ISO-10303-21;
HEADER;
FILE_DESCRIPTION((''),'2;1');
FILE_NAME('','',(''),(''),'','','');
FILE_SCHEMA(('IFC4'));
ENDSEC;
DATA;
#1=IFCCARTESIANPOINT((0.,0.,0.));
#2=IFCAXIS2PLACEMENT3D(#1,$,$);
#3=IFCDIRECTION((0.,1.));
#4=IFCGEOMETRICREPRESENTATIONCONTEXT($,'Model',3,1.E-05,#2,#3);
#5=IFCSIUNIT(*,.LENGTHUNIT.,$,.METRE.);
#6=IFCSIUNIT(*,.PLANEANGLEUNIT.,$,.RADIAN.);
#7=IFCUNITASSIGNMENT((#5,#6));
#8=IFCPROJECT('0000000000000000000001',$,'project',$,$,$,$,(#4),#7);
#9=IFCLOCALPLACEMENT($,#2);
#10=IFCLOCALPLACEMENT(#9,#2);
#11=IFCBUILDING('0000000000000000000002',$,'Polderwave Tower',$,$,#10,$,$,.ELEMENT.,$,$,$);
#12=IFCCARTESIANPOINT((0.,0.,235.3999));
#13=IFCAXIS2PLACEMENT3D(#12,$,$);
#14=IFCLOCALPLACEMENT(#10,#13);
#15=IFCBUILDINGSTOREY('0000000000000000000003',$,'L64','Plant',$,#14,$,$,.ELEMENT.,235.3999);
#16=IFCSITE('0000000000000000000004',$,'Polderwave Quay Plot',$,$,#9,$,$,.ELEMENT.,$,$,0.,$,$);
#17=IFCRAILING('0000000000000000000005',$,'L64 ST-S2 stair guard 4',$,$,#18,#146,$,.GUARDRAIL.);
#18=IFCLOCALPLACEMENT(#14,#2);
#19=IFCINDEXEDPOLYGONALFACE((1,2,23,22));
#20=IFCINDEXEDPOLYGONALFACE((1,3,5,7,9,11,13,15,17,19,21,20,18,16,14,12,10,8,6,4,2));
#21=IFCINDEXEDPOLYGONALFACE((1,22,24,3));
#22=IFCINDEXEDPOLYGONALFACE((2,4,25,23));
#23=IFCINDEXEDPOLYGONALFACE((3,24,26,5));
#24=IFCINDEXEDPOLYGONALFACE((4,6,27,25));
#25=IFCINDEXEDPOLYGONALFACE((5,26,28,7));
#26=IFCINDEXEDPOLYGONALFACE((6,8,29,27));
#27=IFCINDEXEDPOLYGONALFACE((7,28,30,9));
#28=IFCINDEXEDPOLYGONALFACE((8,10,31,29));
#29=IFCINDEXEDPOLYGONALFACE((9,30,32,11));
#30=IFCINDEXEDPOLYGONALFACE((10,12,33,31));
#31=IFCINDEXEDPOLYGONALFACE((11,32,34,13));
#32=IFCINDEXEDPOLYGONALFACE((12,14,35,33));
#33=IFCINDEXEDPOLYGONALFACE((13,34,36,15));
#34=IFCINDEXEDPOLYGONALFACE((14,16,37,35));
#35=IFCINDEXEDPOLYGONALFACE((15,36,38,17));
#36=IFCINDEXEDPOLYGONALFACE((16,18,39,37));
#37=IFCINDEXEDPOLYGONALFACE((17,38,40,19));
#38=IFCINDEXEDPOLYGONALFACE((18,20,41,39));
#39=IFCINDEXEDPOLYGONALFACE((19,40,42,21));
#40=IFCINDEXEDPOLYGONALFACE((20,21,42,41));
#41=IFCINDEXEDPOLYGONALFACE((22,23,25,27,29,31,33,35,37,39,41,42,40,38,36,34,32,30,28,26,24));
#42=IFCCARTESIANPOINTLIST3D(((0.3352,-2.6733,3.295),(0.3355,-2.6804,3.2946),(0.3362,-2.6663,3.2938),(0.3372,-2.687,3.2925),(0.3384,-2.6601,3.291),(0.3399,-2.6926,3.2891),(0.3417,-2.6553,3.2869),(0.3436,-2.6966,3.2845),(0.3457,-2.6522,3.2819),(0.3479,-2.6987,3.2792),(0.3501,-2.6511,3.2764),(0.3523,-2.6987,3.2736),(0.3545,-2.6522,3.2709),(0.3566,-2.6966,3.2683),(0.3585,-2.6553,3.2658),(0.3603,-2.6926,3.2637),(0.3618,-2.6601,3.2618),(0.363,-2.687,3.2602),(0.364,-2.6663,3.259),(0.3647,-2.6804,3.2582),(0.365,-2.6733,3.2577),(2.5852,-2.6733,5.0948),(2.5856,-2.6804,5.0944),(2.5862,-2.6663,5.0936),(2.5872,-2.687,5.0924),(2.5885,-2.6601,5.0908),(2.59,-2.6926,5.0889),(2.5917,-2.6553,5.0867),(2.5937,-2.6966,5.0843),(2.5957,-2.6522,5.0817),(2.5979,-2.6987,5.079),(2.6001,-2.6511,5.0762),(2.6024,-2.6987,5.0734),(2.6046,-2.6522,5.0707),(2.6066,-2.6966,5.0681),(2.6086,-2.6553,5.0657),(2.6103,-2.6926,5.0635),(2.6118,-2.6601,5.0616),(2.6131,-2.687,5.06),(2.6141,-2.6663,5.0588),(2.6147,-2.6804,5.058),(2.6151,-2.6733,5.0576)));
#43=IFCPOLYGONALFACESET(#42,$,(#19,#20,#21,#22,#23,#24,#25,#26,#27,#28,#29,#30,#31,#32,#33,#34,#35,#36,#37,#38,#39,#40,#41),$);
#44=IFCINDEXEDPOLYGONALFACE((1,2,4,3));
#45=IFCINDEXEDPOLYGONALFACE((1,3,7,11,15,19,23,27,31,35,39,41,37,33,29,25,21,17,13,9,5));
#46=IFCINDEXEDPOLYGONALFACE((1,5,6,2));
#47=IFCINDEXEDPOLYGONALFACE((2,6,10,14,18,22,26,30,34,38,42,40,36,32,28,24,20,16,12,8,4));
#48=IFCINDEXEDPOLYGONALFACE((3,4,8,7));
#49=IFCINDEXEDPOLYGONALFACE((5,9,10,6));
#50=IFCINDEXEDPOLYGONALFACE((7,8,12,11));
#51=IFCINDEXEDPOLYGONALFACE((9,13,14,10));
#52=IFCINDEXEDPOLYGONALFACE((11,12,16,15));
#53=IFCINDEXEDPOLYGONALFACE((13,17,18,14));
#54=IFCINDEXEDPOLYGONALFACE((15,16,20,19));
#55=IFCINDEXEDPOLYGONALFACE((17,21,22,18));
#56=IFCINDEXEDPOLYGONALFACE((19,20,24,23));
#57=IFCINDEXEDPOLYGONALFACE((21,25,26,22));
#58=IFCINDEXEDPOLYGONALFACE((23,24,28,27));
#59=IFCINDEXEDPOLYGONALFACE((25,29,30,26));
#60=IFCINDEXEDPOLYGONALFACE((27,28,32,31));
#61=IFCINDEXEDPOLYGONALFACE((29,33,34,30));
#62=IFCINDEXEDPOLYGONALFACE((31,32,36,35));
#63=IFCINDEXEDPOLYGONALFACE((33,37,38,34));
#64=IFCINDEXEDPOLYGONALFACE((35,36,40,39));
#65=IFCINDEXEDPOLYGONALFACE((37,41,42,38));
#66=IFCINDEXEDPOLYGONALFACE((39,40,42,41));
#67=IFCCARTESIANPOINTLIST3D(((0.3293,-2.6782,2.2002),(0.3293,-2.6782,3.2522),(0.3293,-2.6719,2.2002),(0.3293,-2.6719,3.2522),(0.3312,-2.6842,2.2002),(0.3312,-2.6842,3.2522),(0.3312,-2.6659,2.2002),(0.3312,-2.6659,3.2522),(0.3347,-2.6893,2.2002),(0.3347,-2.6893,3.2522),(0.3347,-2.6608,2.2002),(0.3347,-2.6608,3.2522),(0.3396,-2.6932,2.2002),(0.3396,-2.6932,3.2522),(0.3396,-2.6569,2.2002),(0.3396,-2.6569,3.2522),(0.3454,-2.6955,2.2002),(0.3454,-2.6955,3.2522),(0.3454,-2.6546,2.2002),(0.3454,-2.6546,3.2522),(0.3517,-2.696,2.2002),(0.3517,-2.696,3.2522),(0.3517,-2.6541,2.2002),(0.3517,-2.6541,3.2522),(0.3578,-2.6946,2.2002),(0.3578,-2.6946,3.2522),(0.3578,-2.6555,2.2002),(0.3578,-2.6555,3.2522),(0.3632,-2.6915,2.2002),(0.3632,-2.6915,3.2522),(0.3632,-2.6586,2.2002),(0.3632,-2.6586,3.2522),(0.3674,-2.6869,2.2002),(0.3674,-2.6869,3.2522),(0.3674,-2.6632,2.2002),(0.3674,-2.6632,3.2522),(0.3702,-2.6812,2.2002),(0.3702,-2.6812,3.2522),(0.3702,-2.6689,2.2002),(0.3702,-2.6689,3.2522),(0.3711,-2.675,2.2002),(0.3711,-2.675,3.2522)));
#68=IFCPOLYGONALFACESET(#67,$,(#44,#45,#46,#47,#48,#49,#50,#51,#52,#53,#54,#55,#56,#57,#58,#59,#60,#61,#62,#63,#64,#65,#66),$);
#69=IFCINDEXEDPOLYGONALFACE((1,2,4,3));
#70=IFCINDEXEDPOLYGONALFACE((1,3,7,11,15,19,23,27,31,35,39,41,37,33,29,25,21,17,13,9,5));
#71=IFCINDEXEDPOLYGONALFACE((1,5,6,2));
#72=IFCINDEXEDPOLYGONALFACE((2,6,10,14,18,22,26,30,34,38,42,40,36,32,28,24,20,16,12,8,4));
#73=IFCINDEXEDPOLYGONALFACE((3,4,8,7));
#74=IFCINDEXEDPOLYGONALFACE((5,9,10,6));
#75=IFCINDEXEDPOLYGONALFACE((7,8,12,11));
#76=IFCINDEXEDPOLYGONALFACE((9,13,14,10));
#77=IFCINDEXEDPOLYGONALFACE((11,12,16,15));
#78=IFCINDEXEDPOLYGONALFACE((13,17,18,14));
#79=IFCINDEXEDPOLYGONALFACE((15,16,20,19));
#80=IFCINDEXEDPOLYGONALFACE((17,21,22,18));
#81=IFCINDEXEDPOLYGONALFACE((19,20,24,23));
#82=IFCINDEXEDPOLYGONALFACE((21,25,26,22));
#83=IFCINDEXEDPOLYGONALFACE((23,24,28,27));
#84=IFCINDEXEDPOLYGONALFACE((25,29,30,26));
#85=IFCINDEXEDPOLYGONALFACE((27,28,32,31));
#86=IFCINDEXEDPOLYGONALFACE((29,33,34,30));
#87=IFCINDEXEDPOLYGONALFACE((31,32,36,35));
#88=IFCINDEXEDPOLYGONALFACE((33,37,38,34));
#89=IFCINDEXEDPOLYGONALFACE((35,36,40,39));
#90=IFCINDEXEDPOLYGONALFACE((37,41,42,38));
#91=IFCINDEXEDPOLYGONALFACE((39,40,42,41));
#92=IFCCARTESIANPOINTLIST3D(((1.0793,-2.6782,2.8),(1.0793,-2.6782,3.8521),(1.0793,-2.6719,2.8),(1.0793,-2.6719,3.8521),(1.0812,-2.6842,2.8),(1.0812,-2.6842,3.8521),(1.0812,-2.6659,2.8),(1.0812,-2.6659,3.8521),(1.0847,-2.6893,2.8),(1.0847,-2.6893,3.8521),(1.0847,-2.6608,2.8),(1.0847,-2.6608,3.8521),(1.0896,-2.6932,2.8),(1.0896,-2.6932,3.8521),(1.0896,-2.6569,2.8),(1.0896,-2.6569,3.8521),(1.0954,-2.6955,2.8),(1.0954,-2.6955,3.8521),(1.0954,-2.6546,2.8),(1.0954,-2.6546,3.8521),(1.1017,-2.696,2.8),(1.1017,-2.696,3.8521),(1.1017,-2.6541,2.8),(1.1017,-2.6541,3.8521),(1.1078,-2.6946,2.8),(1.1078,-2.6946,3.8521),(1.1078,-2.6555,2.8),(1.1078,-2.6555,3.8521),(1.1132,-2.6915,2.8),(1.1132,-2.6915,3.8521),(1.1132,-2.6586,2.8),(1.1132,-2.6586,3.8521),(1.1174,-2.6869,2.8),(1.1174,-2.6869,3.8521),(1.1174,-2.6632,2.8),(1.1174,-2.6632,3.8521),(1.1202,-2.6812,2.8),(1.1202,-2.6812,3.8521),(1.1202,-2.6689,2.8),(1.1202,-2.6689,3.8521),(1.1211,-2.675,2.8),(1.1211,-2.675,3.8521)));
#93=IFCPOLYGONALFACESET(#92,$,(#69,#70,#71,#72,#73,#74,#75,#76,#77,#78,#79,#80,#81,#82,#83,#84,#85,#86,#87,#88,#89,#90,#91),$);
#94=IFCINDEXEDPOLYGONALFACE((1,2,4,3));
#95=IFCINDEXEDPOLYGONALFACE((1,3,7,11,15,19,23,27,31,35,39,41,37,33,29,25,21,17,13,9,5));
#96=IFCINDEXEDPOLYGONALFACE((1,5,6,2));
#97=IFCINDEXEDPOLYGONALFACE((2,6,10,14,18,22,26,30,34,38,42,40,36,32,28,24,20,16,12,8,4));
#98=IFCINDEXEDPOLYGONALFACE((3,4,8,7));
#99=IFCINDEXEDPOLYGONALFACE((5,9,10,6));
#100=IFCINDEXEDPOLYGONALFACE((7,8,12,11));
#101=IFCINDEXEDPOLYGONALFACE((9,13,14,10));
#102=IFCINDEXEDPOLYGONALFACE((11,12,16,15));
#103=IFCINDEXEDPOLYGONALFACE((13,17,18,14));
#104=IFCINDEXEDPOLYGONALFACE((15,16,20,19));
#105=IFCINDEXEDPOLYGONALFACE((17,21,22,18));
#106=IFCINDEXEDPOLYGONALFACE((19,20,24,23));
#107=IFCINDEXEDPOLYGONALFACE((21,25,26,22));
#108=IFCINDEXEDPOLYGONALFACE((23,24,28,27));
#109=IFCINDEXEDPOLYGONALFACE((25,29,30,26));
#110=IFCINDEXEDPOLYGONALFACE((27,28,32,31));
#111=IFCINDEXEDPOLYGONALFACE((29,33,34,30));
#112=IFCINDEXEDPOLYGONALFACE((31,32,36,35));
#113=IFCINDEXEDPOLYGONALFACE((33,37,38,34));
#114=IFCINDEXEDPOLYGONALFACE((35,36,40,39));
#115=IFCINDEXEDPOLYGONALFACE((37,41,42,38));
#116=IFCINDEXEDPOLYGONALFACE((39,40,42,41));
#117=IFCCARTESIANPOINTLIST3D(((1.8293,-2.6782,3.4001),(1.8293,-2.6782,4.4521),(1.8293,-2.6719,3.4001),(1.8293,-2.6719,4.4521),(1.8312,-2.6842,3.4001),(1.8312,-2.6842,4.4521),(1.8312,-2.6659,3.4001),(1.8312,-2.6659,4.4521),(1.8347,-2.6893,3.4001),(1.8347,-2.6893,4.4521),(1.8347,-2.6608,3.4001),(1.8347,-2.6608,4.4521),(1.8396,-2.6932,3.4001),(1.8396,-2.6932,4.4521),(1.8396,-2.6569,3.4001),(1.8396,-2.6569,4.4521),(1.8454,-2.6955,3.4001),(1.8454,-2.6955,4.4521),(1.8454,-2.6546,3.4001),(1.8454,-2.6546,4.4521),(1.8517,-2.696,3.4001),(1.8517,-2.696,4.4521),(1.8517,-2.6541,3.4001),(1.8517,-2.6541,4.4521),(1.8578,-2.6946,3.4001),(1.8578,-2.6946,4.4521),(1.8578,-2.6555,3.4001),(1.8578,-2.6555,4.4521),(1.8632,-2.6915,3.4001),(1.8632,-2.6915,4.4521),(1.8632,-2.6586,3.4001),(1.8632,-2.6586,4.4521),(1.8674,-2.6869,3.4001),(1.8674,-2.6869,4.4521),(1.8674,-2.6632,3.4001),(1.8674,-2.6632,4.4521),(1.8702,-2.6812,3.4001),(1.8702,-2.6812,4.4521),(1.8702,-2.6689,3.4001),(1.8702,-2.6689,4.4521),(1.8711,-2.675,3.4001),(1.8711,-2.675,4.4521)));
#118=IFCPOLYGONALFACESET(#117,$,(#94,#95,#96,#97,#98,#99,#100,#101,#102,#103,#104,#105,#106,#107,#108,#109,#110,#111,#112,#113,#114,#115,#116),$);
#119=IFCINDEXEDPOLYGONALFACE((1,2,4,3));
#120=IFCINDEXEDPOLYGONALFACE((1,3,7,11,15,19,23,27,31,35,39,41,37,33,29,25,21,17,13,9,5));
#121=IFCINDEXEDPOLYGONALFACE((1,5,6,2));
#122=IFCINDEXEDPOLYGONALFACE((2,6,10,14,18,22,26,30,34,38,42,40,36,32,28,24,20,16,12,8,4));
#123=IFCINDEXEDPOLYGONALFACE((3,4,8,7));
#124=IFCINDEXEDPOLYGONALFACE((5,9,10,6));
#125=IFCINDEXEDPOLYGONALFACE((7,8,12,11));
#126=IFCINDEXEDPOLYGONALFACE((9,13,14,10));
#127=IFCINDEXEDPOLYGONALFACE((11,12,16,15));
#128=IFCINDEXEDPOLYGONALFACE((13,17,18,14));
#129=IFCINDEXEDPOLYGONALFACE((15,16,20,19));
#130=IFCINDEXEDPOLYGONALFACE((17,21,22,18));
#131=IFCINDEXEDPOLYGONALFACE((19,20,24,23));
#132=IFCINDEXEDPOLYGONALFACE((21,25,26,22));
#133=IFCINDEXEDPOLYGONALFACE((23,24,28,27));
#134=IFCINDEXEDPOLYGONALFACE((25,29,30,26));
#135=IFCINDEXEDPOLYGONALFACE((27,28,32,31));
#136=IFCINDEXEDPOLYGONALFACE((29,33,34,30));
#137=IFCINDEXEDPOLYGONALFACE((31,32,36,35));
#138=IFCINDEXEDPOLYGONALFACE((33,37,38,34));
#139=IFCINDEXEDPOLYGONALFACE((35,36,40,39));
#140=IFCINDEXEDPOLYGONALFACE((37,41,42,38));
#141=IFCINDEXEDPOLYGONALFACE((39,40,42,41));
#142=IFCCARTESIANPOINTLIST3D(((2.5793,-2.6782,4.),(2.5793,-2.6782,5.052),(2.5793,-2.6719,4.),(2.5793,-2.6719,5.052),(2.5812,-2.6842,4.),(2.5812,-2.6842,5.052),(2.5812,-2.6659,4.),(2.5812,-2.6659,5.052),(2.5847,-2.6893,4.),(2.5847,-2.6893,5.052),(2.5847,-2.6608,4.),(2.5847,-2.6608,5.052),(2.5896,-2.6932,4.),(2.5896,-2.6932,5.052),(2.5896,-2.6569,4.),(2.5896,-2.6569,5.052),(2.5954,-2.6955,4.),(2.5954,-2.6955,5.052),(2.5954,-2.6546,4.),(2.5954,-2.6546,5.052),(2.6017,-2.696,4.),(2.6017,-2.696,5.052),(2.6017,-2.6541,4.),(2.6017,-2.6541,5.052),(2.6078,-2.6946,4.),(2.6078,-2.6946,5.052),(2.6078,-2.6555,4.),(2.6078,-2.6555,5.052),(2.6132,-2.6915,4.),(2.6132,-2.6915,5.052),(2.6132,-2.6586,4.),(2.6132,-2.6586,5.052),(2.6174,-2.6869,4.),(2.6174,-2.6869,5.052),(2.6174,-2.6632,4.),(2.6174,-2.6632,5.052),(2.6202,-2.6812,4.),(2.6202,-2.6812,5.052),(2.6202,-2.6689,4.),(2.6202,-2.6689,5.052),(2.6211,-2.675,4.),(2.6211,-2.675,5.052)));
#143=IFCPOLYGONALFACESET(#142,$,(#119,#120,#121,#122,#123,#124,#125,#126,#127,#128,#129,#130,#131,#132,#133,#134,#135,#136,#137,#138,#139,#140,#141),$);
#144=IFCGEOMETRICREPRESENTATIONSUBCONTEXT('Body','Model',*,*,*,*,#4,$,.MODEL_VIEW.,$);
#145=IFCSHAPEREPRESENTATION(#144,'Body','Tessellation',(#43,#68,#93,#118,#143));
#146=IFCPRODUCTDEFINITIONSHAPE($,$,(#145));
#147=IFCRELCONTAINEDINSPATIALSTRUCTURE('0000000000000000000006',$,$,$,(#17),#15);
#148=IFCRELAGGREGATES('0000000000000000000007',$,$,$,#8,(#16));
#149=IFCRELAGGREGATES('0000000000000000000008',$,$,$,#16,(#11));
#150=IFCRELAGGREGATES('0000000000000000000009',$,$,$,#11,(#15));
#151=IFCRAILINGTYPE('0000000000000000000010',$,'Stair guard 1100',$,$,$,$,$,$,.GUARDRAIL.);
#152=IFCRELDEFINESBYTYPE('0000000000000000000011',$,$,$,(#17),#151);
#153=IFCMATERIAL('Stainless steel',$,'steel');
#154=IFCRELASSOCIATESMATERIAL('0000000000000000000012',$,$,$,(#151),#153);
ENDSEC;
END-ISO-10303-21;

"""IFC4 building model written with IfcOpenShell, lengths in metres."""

from ifc_helpers import new_model, si_unit, direction, frame, origin, origin_2d, place, context, subcontext, project, spatial, circle, extrude, material, type_object, element, save


model = new_model("IFC4")

# Units and contexts
model_context = context("Model", 3, precision=1e-05, world=origin(), true_north=direction((0.0, 1.0)))
body_context = subcontext(model_context, "Body", "Model", "MODEL_VIEW")
ifc_project = project(units=[si_unit("LENGTHUNIT", "METRE"), si_unit("PLANEANGLEUNIT", "RADIAN")], contexts=[model_context])

# Site, building, storey
site_placement = place(None, origin())
site = spatial("IfcSite", under=ifc_project, at=site_placement, Name="Polderwave Quay Plot", CompositionType="ELEMENT", RefElevation=0.0)
building_placement = place(site_placement, origin())
building = spatial("IfcBuilding", under=site, at=building_placement, Name="Polderwave Tower", CompositionType="ELEMENT")
storey_placement = place(building_placement, frame((0.0, 0.0, 235.3999)))
storey = spatial("IfcBuildingStorey", under=building, at=storey_placement, Name="L64", Description="Plant", CompositionType="ELEMENT", Elevation=235.3999)

# Railing
ifc_material_1 = material(Name="Stainless steel", Category="steel")
railing_type_1 = type_object("IfcRailingType", Name="Stair guard 1100", PredefinedType="GUARDRAIL", material=ifc_material_1)
railing_1_placement = place(storey_placement, frame((0.3501, -2.675, 2.2002)))
element("IfcRailing", 1, at=railing_1_placement, inside=storey, type_object=railing_type_1, Name="L64 ST-S2 stair guard 4", PredefinedType="GUARDRAIL", context=body_context, shape_type="SweptSolid", body=[
    extrude(circle(Radius=0.0239, at=origin_2d()), frame((0.0, 0.0, 1.0762), z_axis=(0.780902, 0.0, 0.624654), x_axis=(0.0, 1.0, 0.0)), (0.0, 0.0, 1.0), 2.8813),
    extrude(circle(Radius=0.021, at=origin_2d()), origin(), (0.0, 0.0, 1.0), 1.052),
    extrude(circle(Radius=0.021, at=origin_2d()), frame((0.75, 0.0, 0.5999)), (0.0, 0.0, 1.0), 1.052),
    extrude(circle(Radius=0.021, at=origin_2d()), frame((1.5, 0.0, 1.2)), (0.0, 0.0, 1.0), 1.052),
    extrude(circle(Radius=0.021, at=origin_2d()), frame((2.25, 0.0, 1.7998)), (0.0, 0.0, 1.0), 1.052),
])

save(model, "model.ifc")
